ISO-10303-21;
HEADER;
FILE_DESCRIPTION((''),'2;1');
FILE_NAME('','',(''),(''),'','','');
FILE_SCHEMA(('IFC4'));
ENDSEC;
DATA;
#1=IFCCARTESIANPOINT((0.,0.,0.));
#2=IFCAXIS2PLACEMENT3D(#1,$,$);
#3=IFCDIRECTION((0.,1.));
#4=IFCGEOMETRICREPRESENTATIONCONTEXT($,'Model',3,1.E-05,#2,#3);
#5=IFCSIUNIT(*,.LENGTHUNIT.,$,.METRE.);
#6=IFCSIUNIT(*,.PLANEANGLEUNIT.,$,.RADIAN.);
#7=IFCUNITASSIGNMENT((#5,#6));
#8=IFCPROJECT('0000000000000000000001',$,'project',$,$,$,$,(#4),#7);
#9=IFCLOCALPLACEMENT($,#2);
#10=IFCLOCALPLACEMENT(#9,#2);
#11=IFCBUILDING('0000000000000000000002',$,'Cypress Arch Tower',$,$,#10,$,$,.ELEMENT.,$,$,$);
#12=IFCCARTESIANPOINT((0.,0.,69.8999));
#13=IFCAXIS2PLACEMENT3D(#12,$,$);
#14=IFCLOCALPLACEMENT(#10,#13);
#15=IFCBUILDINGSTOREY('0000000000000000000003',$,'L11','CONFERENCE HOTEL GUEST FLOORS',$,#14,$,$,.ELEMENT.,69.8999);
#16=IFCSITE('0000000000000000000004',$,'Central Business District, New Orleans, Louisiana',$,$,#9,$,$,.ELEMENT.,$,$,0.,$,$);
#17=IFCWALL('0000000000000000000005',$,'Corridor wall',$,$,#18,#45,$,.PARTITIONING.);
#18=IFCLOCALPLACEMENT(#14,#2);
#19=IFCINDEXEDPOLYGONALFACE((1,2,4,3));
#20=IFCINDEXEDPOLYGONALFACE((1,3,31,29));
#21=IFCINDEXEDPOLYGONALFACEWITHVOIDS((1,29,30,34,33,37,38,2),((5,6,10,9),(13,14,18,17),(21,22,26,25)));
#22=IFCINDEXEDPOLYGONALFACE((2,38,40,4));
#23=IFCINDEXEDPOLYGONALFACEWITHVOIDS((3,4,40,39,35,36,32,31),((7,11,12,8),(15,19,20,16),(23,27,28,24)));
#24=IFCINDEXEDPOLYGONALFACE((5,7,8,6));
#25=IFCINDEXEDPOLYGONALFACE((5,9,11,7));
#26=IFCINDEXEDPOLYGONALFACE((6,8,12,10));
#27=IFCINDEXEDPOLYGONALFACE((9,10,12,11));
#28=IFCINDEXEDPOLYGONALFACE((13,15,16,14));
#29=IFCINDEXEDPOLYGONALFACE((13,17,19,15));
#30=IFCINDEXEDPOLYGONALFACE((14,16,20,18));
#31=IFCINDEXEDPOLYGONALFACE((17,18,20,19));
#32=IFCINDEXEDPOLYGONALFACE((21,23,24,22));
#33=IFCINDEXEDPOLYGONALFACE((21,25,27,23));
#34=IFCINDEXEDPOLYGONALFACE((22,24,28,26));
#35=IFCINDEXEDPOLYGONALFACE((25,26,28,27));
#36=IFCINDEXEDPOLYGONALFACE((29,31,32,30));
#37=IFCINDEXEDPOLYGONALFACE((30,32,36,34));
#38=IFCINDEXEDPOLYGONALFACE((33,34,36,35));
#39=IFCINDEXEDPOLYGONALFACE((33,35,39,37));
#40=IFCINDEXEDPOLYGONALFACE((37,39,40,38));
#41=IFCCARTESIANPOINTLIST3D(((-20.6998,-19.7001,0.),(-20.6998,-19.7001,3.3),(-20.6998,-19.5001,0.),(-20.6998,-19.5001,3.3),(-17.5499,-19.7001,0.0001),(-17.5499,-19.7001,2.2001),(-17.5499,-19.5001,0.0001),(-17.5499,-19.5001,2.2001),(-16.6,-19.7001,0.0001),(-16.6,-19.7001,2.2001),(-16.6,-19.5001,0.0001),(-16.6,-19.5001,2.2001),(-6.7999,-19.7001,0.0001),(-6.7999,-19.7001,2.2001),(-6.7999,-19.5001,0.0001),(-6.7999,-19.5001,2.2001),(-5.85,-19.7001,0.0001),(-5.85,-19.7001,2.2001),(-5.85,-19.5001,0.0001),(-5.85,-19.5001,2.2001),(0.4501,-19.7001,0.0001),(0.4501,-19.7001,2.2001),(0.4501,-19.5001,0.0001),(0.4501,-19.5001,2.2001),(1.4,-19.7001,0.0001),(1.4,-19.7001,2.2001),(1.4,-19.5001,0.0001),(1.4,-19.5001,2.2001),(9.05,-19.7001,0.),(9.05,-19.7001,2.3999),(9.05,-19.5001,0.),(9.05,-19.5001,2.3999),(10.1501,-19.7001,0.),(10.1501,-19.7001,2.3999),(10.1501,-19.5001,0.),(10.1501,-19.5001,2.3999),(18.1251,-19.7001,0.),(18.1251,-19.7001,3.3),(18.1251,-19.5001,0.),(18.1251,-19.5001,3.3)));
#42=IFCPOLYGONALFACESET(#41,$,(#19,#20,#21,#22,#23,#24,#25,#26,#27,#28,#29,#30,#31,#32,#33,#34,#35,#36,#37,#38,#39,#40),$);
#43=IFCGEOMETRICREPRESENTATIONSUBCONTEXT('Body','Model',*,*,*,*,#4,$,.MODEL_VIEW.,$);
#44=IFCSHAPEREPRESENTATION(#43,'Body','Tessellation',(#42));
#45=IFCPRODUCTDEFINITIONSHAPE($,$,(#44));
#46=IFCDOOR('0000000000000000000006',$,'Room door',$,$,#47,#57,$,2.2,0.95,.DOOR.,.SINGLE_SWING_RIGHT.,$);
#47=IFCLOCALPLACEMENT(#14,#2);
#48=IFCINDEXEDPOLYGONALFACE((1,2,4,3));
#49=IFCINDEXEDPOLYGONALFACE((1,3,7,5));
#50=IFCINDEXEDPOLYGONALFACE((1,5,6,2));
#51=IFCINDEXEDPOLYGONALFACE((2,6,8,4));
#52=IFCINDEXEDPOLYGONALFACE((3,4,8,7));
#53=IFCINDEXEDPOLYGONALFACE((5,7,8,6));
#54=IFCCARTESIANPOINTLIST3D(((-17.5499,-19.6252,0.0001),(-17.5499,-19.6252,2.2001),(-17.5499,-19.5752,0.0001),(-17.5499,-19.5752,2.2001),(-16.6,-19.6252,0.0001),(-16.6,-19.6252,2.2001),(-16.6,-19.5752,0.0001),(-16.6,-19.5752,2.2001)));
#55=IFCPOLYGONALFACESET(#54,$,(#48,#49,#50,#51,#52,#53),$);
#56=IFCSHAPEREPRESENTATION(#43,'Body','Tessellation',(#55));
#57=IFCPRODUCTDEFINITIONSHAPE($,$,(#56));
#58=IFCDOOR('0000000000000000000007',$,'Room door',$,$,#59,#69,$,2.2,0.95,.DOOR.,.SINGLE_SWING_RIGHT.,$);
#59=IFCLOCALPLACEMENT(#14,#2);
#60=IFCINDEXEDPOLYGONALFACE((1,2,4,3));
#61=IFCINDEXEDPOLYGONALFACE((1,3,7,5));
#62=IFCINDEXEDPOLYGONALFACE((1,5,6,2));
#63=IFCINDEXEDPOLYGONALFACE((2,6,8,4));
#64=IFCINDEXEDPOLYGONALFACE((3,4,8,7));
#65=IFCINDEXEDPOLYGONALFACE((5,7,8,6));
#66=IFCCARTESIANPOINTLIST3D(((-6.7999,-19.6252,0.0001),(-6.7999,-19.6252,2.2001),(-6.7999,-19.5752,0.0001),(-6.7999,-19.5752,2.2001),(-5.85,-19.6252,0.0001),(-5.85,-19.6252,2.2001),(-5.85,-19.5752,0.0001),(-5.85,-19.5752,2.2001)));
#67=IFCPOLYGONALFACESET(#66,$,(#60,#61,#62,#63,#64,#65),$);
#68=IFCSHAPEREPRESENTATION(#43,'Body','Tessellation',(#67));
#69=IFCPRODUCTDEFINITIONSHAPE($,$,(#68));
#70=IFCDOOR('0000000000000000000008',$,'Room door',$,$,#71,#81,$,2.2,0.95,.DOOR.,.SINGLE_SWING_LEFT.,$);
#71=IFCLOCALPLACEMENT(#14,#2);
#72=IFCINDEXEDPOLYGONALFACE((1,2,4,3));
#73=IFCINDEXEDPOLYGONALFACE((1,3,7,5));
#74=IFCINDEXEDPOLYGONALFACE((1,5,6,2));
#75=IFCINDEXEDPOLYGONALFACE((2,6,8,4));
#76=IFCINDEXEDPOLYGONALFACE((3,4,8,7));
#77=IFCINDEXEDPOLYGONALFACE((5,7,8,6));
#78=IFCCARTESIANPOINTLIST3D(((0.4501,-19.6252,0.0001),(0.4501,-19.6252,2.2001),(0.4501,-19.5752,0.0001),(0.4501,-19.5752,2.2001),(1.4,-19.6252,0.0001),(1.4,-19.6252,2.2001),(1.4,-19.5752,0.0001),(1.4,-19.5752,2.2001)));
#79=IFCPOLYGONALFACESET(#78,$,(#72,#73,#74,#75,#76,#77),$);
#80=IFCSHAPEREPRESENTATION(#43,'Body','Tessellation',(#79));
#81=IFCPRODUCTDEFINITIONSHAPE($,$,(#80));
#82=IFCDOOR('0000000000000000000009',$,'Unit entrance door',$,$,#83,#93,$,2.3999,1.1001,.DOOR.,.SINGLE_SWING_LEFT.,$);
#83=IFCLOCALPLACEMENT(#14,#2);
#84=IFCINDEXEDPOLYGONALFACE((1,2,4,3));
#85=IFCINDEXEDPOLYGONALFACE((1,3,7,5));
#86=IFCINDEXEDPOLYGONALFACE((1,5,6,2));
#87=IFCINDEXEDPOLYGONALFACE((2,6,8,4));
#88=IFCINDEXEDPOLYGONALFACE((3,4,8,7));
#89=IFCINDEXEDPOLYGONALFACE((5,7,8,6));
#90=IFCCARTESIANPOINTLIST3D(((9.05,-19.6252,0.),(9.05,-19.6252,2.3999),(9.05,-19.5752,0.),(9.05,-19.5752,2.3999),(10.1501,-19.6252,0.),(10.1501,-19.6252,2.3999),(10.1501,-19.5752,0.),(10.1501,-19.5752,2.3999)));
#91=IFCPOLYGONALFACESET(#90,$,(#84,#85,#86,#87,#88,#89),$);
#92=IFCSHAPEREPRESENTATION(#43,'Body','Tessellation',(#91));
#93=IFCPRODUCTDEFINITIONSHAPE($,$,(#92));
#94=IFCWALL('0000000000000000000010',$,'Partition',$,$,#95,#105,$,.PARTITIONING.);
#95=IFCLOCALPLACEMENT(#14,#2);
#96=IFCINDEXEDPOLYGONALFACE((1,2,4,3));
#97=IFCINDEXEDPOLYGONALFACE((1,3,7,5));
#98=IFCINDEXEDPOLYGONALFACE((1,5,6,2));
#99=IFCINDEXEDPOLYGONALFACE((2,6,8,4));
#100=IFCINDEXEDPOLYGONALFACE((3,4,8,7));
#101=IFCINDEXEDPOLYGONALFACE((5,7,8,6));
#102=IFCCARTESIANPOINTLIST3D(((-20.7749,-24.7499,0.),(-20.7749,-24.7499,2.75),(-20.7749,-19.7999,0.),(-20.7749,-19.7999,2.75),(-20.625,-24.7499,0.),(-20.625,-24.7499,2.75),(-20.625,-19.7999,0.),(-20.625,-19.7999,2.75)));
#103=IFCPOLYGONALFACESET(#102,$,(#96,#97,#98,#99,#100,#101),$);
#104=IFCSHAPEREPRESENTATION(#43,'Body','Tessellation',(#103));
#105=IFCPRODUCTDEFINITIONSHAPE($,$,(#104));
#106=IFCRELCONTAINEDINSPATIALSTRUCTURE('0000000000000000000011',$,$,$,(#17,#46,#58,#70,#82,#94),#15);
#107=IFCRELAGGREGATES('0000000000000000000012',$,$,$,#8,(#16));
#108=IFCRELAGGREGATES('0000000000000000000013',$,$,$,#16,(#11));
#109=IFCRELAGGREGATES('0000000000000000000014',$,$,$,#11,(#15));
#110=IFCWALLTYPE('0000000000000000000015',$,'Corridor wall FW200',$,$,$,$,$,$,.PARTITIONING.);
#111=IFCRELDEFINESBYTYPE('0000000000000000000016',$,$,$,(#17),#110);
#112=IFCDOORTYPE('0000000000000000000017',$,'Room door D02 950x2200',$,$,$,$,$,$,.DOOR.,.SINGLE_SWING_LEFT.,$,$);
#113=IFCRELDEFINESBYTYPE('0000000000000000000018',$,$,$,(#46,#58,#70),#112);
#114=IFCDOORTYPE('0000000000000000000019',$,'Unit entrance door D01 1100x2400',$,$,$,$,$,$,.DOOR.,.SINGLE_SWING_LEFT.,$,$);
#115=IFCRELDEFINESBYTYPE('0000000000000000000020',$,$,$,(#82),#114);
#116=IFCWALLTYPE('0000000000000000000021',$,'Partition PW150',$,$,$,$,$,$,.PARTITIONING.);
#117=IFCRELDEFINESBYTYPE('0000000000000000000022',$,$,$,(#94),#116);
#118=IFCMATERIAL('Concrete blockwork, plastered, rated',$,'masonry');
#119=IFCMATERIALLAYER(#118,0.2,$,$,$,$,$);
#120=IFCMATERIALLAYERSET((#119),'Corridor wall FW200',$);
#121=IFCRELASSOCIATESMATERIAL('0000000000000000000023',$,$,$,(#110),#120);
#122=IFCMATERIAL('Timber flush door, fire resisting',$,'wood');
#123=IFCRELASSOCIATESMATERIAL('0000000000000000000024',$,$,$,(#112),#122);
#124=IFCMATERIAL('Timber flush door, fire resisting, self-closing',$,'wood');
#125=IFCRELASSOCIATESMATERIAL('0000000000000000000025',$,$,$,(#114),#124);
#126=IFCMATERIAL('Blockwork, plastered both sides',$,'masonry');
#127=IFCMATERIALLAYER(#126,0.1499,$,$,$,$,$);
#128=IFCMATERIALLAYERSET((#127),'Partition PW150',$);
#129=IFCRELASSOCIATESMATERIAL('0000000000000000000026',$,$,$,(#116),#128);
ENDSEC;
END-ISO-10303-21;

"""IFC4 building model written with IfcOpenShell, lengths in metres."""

from ifc_helpers import new_model, si_unit, direction, frame, frame_2d, origin, place, context, subcontext, project, spatial, rectangle, extrude, material, layer, layer_set, type_object, element, fill, save


model = new_model("IFC4")

# Units and contexts
model_context = context("Model", 3, precision=1e-05, world=origin(), true_north=direction((0.0, 1.0)))
body_context = subcontext(model_context, "Body", "Model", "MODEL_VIEW")
ifc_project = project(units=[si_unit("LENGTHUNIT", "METRE"), si_unit("PLANEANGLEUNIT", "RADIAN")], contexts=[model_context])

# Site, building, storey
site_placement = place(None, origin())
site = spatial("IfcSite", under=ifc_project, at=site_placement, Name="Central Business District, New Orleans, Louisiana", CompositionType="ELEMENT", RefElevation=0.0)
building_placement = place(site_placement, origin())
building = spatial("IfcBuilding", under=site, at=building_placement, Name="Cypress Arch Tower", CompositionType="ELEMENT")
storey_placement = place(building_placement, frame((0.0, 0.0, 69.8999)))
storey = spatial("IfcBuildingStorey", under=building, at=storey_placement, Name="L11", Description="CONFERENCE HOTEL GUEST FLOORS", CompositionType="ELEMENT", Elevation=69.8999)

# Shared definitions
ifc_material_1 = material(Name="Concrete blockwork, plastered, rated", Category="masonry")
ifc_layer_1 = layer(ifc_material_1, 0.2)
ifc_layer_set_1 = layer_set([ifc_layer_1], Name="Corridor wall FW200")
wall_type_1 = type_object("IfcWallType", Name="Corridor wall FW200", PredefinedType="PARTITIONING", material=ifc_layer_set_1)

# Wall, openings, doors
wall_1_placement = place(storey_placement, frame((-20.7, -19.6001, 0.0), z_axis=(0.0, 0.0, 1.0), x_axis=(1.0, 0.0, 0.0)))
wall_1 = element("IfcWall", 1, at=wall_1_placement, inside=storey, type_object=wall_type_1, Name="Corridor wall", PredefinedType="PARTITIONING", context=body_context, shape_type="SweptSolid", body=[
    extrude(rectangle(XDim=38.825, YDim=0.2, at=frame_2d((19.4126, 0.0))), origin(), (0.0, 0.0, 1.0), 3.3),
])
opening_1_placement = place(wall_1_placement, frame((3.1499, 0.0, 0.0)))
opening_1 = element("IfcOpeningElement", 2, at=opening_1_placement, cuts=wall_1, PredefinedType="OPENING", context=body_context, shape_type="SweptSolid", body=[
    extrude(rectangle(XDim=0.95, YDim=2.2, at=frame_2d((0.4751, 1.1001))), frame((0.0, 0.1099, 0.0), z_axis=(0.0, -1.0, 0.0), x_axis=(1.0, 0.0, 0.0)), (0.0, 0.0, 1.0), 0.22),
])
opening_2_placement = place(wall_1_placement, frame((13.8999, 0.0, 0.0)))
opening_2 = element("IfcOpeningElement", 3, at=opening_2_placement, cuts=wall_1, PredefinedType="OPENING", context=body_context, shape_type="SweptSolid", body=[
    extrude(rectangle(XDim=0.95, YDim=2.2, at=frame_2d((0.4751, 1.1001))), frame((0.0, 0.1099, 0.0), z_axis=(0.0, -1.0, 0.0), x_axis=(1.0, 0.0, 0.0)), (0.0, 0.0, 1.0), 0.22),
])
opening_3_placement = place(wall_1_placement, frame((21.1499, 0.0, 0.0)))
opening_3 = element("IfcOpeningElement", 4, at=opening_3_placement, cuts=wall_1, PredefinedType="OPENING", context=body_context, shape_type="SweptSolid", body=[
    extrude(rectangle(XDim=0.95, YDim=2.2, at=frame_2d((0.4751, 1.1001))), frame((0.0, 0.1099, 0.0), z_axis=(0.0, -1.0, 0.0), x_axis=(1.0, 0.0, 0.0)), (0.0, 0.0, 1.0), 0.22),
])
opening_4_placement = place(wall_1_placement, frame((29.75, 0.0, 0.0)))
opening_4 = element("IfcOpeningElement", 5, at=opening_4_placement, cuts=wall_1, PredefinedType="OPENING", context=body_context, shape_type="SweptSolid", body=[
    extrude(rectangle(XDim=1.1001, YDim=2.3999, at=frame_2d((0.55, 1.2))), frame((0.0, 0.1099, 0.0), z_axis=(0.0, -1.0, 0.0), x_axis=(1.0, 0.0, 0.0)), (0.0, 0.0, 1.0), 0.22),
])
ifc_material_2 = material(Name="Timber flush door, fire resisting", Category="wood")
door_type_1 = type_object("IfcDoorType", Name="Room door D02 950x2200", OperationType="SINGLE_SWING_LEFT", PredefinedType="DOOR", material=ifc_material_2)
door_1_placement = place(opening_1_placement, origin())
door_1 = element("IfcDoor", 6, at=door_1_placement, inside=storey, type_object=door_type_1, Name="Room door", OperationType="SINGLE_SWING_RIGHT", OverallHeight=2.2, OverallWidth=0.95, PredefinedType="DOOR", context=body_context, shape_type="SweptSolid", body=[
    extrude(rectangle(XDim=0.95, YDim=2.2, at=frame_2d((0.4751, 1.1001))), frame((0.0, 0.0249, 0.0), z_axis=(0.0, -1.0, 0.0), x_axis=(1.0, 0.0, 0.0)), (0.0, 0.0, 1.0), 0.05),
])
fill(opening_1, door_1)
door_2_placement = place(opening_2_placement, origin())
door_2 = element("IfcDoor", 7, at=door_2_placement, inside=storey, type_object=door_type_1, Name="Room door", OperationType="SINGLE_SWING_RIGHT", OverallHeight=2.2, OverallWidth=0.95, PredefinedType="DOOR", context=body_context, shape_type="SweptSolid", body=[
    extrude(rectangle(XDim=0.95, YDim=2.2, at=frame_2d((0.4751, 1.1001))), frame((0.0, 0.0249, 0.0), z_axis=(0.0, -1.0, 0.0), x_axis=(1.0, 0.0, 0.0)), (0.0, 0.0, 1.0), 0.05),
])
fill(opening_2, door_2)
door_3_placement = place(opening_3_placement, origin())
door_3 = element("IfcDoor", 8, at=door_3_placement, inside=storey, type_object=door_type_1, Name="Room door", OperationType="SINGLE_SWING_LEFT", OverallHeight=2.2, OverallWidth=0.95, PredefinedType="DOOR", context=body_context, shape_type="SweptSolid", body=[
    extrude(rectangle(XDim=0.95, YDim=2.2, at=frame_2d((0.4751, 1.1001))), frame((0.0, 0.0249, 0.0), z_axis=(0.0, -1.0, 0.0), x_axis=(1.0, 0.0, 0.0)), (0.0, 0.0, 1.0), 0.05),
])
fill(opening_3, door_3)
ifc_material_3 = material(Name="Timber flush door, fire resisting, self-closing", Category="wood")
door_type_2 = type_object("IfcDoorType", Name="Unit entrance door D01 1100x2400", OperationType="SINGLE_SWING_LEFT", PredefinedType="DOOR", material=ifc_material_3)
door_4_placement = place(opening_4_placement, origin())
door_4 = element("IfcDoor", 9, at=door_4_placement, inside=storey, type_object=door_type_2, Name="Unit entrance door", OperationType="SINGLE_SWING_LEFT", OverallHeight=2.3999, OverallWidth=1.1001, PredefinedType="DOOR", context=body_context, shape_type="SweptSolid", body=[
    extrude(rectangle(XDim=1.1001, YDim=2.3999, at=frame_2d((0.55, 1.2))), frame((0.0, 0.0249, 0.0), z_axis=(0.0, -1.0, 0.0), x_axis=(1.0, 0.0, 0.0)), (0.0, 0.0, 1.0), 0.05),
])
fill(opening_4, door_4)

# Wall
ifc_material_4 = material(Name="Blockwork, plastered both sides", Category="masonry")
ifc_layer_2 = layer(ifc_material_4, 0.1499)
ifc_layer_set_2 = layer_set([ifc_layer_2], Name="Partition PW150")
wall_type_2 = type_object("IfcWallType", Name="Partition PW150", PredefinedType="PARTITIONING", material=ifc_layer_set_2)
wall_2_placement = place(storey_placement, frame((-20.7, -24.75, 0.0), z_axis=(0.0, 0.0, 1.0), x_axis=(0.0, 1.0, 0.0)))
element("IfcWall", 10, at=wall_2_placement, inside=storey, type_object=wall_type_2, Name="Partition", PredefinedType="PARTITIONING", context=body_context, shape_type="SweptSolid", body=[
    extrude(rectangle(XDim=4.95, YDim=0.1499, at=frame_2d((2.4751, 0.0))), origin(), (0.0, 0.0, 1.0), 2.75),
])

save(model, "model.ifc")
